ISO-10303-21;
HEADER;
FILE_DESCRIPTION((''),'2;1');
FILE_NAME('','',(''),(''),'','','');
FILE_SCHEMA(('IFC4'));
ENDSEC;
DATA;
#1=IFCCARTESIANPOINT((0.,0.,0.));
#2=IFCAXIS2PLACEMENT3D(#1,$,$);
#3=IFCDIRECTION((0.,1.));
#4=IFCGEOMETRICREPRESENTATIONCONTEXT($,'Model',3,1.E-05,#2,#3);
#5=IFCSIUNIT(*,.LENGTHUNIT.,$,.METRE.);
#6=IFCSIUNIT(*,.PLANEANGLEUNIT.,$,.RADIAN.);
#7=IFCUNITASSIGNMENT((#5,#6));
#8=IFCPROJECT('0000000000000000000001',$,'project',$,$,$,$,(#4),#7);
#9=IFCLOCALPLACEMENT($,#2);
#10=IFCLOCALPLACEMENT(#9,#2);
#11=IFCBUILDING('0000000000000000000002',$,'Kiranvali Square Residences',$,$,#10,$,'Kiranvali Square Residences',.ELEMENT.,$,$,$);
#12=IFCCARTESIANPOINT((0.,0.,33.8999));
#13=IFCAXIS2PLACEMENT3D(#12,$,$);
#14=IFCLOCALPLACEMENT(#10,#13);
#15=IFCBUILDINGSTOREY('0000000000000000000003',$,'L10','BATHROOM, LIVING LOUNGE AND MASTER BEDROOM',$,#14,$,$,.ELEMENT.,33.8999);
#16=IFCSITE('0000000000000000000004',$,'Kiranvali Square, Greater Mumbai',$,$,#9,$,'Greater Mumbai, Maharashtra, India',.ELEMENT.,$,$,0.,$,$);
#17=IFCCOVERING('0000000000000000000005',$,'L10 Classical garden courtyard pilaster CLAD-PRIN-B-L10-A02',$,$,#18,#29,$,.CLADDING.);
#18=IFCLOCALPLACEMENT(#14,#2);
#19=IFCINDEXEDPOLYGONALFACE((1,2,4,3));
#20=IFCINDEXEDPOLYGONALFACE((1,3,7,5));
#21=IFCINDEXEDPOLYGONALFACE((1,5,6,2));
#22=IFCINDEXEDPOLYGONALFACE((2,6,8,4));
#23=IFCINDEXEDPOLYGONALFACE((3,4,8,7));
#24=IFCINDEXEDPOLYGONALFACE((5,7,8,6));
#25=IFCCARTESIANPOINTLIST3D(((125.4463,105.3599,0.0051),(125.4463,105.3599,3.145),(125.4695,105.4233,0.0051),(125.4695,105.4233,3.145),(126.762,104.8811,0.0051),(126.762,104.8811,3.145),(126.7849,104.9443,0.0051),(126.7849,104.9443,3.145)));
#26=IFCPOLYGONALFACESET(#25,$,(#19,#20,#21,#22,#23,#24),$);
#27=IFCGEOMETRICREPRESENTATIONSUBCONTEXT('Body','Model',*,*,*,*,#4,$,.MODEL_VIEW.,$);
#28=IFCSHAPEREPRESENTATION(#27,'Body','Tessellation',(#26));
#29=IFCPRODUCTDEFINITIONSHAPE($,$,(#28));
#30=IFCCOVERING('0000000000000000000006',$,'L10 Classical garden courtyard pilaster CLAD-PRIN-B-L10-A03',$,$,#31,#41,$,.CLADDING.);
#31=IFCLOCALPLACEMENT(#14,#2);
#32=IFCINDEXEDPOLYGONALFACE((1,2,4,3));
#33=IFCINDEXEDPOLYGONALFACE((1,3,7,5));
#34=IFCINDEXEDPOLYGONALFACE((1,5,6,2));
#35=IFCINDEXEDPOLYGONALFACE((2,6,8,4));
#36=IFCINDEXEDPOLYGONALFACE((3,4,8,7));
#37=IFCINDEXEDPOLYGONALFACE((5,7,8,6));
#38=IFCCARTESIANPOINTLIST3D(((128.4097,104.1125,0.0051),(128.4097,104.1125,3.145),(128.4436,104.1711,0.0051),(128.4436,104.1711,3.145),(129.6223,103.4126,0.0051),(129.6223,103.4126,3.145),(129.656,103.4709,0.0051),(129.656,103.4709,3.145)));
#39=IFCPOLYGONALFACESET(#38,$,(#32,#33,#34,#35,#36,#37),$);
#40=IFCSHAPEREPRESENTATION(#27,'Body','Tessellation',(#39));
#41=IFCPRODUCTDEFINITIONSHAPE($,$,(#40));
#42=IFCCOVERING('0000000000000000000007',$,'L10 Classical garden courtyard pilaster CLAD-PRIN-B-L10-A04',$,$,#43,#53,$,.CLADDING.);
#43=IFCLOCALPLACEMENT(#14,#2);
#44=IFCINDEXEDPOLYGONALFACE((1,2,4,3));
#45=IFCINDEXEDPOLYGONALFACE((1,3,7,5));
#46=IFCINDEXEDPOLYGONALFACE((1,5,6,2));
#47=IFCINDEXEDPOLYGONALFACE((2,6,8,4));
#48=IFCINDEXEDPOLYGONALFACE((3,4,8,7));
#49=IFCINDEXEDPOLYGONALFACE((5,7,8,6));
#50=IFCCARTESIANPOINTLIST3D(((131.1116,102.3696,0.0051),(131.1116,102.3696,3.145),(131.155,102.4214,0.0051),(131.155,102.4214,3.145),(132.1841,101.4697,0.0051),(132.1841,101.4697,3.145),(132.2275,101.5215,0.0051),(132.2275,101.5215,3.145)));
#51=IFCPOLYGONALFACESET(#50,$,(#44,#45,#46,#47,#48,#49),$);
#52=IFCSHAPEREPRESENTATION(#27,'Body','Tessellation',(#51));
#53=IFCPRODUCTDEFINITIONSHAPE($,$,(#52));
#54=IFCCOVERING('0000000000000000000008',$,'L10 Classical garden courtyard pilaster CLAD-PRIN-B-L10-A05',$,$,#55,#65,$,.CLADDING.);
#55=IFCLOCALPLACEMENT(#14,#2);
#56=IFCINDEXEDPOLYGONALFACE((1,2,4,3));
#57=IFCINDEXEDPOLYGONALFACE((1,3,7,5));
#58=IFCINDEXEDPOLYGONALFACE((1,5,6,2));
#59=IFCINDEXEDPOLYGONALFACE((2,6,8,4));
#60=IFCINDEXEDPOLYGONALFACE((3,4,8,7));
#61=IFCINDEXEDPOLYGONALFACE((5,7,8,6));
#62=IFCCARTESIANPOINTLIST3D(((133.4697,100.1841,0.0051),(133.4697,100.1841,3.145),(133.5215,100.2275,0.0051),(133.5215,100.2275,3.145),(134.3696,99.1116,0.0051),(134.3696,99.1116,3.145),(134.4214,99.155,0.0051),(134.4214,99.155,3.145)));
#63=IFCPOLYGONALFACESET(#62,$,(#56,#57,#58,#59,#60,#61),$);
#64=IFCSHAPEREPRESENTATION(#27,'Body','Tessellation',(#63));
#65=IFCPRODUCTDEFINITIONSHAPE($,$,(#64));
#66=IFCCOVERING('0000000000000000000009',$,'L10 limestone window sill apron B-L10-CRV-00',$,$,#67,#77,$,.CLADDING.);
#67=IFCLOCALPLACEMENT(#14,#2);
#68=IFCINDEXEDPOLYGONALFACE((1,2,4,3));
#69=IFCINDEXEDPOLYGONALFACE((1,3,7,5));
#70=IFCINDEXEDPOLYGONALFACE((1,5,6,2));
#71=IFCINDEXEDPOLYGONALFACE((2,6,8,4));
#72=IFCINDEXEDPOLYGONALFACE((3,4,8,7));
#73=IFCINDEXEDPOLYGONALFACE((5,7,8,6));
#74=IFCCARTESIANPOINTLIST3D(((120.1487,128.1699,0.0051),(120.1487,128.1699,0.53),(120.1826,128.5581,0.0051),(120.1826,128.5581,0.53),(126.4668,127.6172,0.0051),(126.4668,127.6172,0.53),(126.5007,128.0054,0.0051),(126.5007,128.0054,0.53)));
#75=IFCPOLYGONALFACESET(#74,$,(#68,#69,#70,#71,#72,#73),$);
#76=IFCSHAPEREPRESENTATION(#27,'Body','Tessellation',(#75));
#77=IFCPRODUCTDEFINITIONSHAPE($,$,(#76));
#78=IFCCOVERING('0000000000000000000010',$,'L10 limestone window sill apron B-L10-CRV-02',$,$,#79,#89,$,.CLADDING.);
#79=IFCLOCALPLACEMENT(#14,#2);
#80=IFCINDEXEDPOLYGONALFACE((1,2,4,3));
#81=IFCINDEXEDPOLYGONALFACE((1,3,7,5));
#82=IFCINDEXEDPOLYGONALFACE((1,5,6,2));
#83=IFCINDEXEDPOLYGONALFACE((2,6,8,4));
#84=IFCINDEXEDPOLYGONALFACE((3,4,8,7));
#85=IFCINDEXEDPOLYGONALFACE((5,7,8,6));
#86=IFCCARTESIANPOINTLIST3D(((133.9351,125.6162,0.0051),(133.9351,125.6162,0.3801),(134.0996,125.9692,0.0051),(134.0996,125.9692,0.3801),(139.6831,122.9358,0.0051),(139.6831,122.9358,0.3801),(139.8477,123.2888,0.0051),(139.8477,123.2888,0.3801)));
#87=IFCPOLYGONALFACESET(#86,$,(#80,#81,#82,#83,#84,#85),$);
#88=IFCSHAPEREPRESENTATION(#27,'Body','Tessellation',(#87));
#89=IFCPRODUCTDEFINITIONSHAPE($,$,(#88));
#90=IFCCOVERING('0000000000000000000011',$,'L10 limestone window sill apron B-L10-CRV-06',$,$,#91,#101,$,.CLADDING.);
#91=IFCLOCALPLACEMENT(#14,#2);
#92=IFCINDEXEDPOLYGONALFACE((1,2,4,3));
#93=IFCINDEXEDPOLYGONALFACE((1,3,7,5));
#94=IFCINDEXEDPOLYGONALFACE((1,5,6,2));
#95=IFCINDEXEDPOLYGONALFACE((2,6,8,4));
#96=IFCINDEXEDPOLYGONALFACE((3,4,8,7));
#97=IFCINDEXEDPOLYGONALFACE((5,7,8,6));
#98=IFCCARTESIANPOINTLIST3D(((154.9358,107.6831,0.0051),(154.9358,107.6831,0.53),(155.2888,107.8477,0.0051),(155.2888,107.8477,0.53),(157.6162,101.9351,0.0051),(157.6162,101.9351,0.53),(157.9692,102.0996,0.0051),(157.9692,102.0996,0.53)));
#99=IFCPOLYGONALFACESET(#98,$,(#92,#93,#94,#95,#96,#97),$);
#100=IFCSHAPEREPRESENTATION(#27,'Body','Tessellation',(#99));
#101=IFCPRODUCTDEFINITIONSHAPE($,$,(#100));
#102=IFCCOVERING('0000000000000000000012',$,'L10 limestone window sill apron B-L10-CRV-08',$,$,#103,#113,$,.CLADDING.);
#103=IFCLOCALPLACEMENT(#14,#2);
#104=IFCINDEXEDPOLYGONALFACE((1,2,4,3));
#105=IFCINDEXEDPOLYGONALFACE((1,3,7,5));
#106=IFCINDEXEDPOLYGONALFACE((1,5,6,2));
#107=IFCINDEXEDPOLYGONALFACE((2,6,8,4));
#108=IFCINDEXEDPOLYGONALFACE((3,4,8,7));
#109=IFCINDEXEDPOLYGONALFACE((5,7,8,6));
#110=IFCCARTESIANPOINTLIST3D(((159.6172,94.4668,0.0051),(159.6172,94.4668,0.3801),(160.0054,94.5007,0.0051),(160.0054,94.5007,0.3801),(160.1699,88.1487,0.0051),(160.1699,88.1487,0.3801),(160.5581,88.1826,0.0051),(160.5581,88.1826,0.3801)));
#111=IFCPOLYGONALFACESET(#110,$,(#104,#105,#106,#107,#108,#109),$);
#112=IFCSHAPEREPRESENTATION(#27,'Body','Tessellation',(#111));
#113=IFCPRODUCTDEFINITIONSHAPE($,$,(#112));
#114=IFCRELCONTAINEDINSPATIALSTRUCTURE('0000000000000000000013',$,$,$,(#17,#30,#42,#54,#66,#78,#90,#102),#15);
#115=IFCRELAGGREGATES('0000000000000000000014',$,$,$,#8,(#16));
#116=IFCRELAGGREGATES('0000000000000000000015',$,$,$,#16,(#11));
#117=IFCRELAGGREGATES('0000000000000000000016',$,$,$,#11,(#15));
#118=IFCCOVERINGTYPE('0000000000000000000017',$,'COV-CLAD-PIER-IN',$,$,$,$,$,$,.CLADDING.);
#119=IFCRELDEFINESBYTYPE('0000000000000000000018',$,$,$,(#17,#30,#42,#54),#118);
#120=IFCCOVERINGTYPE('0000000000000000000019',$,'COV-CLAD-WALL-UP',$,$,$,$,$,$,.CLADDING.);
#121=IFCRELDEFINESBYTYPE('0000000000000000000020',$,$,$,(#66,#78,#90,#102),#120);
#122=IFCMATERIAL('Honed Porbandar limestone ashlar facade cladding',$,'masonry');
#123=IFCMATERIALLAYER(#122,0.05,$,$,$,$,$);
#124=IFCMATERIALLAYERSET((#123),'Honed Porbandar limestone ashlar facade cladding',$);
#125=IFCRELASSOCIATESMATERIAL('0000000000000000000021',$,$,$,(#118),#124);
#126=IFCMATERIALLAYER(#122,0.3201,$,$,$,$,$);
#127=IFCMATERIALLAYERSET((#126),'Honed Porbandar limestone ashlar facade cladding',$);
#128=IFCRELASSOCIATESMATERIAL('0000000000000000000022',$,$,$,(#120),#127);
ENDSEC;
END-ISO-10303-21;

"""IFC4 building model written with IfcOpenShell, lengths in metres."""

from ifc_helpers import new_model, si_unit, direction, frame, origin, place, context, subcontext, project, spatial, polyline, outline, extrude, material, layer, layer_set, type_object, element, save


model = new_model("IFC4")

# Units and contexts
model_context = context("Model", 3, precision=1e-05, world=origin(), true_north=direction((0.0, 1.0)))
body_context = subcontext(model_context, "Body", "Model", "MODEL_VIEW")
ifc_project = project(units=[si_unit("LENGTHUNIT", "METRE"), si_unit("PLANEANGLEUNIT", "RADIAN")], contexts=[model_context])

# Site, building, storey
site_placement = place(None, origin())
site = spatial("IfcSite", under=ifc_project, at=site_placement, Name="Kiranvali Square, Greater Mumbai", LongName="Greater Mumbai, Maharashtra, India", CompositionType="ELEMENT", RefElevation=0.0)
building_placement = place(site_placement, origin())
building = spatial("IfcBuilding", under=site, at=building_placement, Name="Kiranvali Square Residences", LongName="Kiranvali Square Residences", CompositionType="ELEMENT")
storey_placement = place(building_placement, frame((0.0, 0.0, 33.8999)))
storey = spatial("IfcBuildingStorey", under=building, at=storey_placement, Name="L10", Description="BATHROOM, LIVING LOUNGE AND MASTER BEDROOM", CompositionType="ELEMENT", Elevation=33.8999)

# Coverings
ifc_material = material(Name="Honed Porbandar limestone ashlar facade cladding", Category="masonry")
ifc_layer_1 = layer(ifc_material, 0.05)
ifc_layer_set_1 = layer_set([ifc_layer_1], Name="Honed Porbandar limestone ashlar facade cladding")
covering_type_1 = type_object("IfcCoveringType", Name="COV-CLAD-PIER-IN", PredefinedType="CLADDING", material=ifc_layer_set_1)
covering_1_placement = place(storey_placement, frame((0.0, 0.0, 0.0051)))
element("IfcCovering", 1, at=covering_1_placement, inside=storey, type_object=covering_type_1, Name="L10 Classical garden courtyard pilaster CLAD-PRIN-B-L10-A02", PredefinedType="CLADDING", context=body_context, shape_type="SweptSolid", body=[
    extrude(outline(polyline([(125.4463, 105.3599), (126.762, 104.8811), (126.7849, 104.9443), (125.4695, 105.4233), (125.4463, 105.3599)])), origin(), (0.0, 0.0, 1.0), 3.1399),
])
covering_2_placement = place(storey_placement, frame((0.0, 0.0, 0.0051)))
element("IfcCovering", 2, at=covering_2_placement, inside=storey, type_object=covering_type_1, Name="L10 Classical garden courtyard pilaster CLAD-PRIN-B-L10-A03", PredefinedType="CLADDING", context=body_context, shape_type="SweptSolid", body=[
    extrude(outline(polyline([(128.4097, 104.1125), (129.6223, 103.4126), (129.656, 103.4709), (128.4436, 104.1711), (128.4097, 104.1125)])), origin(), (0.0, 0.0, 1.0), 3.1399),
])
covering_3_placement = place(storey_placement, frame((0.0, 0.0, 0.0051)))
element("IfcCovering", 3, at=covering_3_placement, inside=storey, type_object=covering_type_1, Name="L10 Classical garden courtyard pilaster CLAD-PRIN-B-L10-A04", PredefinedType="CLADDING", context=body_context, shape_type="SweptSolid", body=[
    extrude(outline(polyline([(131.1116, 102.3696), (132.1841, 101.4697), (132.2275, 101.5215), (131.155, 102.4214), (131.1116, 102.3696)])), origin(), (0.0, 0.0, 1.0), 3.1399),
])
covering_4_placement = place(storey_placement, frame((0.0, 0.0, 0.0051)))
element("IfcCovering", 4, at=covering_4_placement, inside=storey, type_object=covering_type_1, Name="L10 Classical garden courtyard pilaster CLAD-PRIN-B-L10-A05", PredefinedType="CLADDING", context=body_context, shape_type="SweptSolid", body=[
    extrude(outline(polyline([(133.4697, 100.1841), (134.3696, 99.1116), (134.4214, 99.155), (133.5215, 100.2275), (133.4697, 100.1841)])), origin(), (0.0, 0.0, 1.0), 3.1399),
])
ifc_layer_2 = layer(ifc_material, 0.3201)
ifc_layer_set_2 = layer_set([ifc_layer_2], Name="Honed Porbandar limestone ashlar facade cladding")
covering_type_2 = type_object("IfcCoveringType", Name="COV-CLAD-WALL-UP", PredefinedType="CLADDING", material=ifc_layer_set_2)
covering_5_placement = place(storey_placement, frame((0.0, 0.0, 0.0051)))
element("IfcCovering", 5, at=covering_5_placement, inside=storey, type_object=covering_type_2, Name="L10 limestone window sill apron B-L10-CRV-00", PredefinedType="CLADDING", context=body_context, shape_type="SweptSolid", body=[
    extrude(outline(polyline([(120.1487, 128.1699), (126.4668, 127.6172), (126.5007, 128.0054), (120.1826, 128.5581), (120.1487, 128.1699)])), origin(), (0.0, 0.0, 1.0), 0.5249),
])
covering_6_placement = place(storey_placement, frame((0.0, 0.0, 0.0051)))
element("IfcCovering", 6, at=covering_6_placement, inside=storey, type_object=covering_type_2, Name="L10 limestone window sill apron B-L10-CRV-02", PredefinedType="CLADDING", context=body_context, shape_type="SweptSolid", body=[
    extrude(outline(polyline([(133.9351, 125.6162), (139.6831, 122.9358), (139.8477, 123.2888), (134.0996, 125.9692), (133.9351, 125.6162)])), origin(), (0.0, 0.0, 1.0), 0.375),
])
covering_7_placement = place(storey_placement, frame((0.0, 0.0, 0.0051)))
element("IfcCovering", 7, at=covering_7_placement, inside=storey, type_object=covering_type_2, Name="L10 limestone window sill apron B-L10-CRV-06", PredefinedType="CLADDING", context=body_context, shape_type="SweptSolid", body=[
    extrude(outline(polyline([(154.9358, 107.6831), (157.6162, 101.9351), (157.9692, 102.0996), (155.2888, 107.8477), (154.9358, 107.6831)])), origin(), (0.0, 0.0, 1.0), 0.5249),
])
covering_8_placement = place(storey_placement, frame((0.0, 0.0, 0.0051)))
element("IfcCovering", 8, at=covering_8_placement, inside=storey, type_object=covering_type_2, Name="L10 limestone window sill apron B-L10-CRV-08", PredefinedType="CLADDING", context=body_context, shape_type="SweptSolid", body=[
    extrude(outline(polyline([(159.6172, 94.4668), (160.1699, 88.1487), (160.5581, 88.1826), (160.0054, 94.5007), (159.6172, 94.4668)])), origin(), (0.0, 0.0, 1.0), 0.375),
])

save(model, "model.ifc")
